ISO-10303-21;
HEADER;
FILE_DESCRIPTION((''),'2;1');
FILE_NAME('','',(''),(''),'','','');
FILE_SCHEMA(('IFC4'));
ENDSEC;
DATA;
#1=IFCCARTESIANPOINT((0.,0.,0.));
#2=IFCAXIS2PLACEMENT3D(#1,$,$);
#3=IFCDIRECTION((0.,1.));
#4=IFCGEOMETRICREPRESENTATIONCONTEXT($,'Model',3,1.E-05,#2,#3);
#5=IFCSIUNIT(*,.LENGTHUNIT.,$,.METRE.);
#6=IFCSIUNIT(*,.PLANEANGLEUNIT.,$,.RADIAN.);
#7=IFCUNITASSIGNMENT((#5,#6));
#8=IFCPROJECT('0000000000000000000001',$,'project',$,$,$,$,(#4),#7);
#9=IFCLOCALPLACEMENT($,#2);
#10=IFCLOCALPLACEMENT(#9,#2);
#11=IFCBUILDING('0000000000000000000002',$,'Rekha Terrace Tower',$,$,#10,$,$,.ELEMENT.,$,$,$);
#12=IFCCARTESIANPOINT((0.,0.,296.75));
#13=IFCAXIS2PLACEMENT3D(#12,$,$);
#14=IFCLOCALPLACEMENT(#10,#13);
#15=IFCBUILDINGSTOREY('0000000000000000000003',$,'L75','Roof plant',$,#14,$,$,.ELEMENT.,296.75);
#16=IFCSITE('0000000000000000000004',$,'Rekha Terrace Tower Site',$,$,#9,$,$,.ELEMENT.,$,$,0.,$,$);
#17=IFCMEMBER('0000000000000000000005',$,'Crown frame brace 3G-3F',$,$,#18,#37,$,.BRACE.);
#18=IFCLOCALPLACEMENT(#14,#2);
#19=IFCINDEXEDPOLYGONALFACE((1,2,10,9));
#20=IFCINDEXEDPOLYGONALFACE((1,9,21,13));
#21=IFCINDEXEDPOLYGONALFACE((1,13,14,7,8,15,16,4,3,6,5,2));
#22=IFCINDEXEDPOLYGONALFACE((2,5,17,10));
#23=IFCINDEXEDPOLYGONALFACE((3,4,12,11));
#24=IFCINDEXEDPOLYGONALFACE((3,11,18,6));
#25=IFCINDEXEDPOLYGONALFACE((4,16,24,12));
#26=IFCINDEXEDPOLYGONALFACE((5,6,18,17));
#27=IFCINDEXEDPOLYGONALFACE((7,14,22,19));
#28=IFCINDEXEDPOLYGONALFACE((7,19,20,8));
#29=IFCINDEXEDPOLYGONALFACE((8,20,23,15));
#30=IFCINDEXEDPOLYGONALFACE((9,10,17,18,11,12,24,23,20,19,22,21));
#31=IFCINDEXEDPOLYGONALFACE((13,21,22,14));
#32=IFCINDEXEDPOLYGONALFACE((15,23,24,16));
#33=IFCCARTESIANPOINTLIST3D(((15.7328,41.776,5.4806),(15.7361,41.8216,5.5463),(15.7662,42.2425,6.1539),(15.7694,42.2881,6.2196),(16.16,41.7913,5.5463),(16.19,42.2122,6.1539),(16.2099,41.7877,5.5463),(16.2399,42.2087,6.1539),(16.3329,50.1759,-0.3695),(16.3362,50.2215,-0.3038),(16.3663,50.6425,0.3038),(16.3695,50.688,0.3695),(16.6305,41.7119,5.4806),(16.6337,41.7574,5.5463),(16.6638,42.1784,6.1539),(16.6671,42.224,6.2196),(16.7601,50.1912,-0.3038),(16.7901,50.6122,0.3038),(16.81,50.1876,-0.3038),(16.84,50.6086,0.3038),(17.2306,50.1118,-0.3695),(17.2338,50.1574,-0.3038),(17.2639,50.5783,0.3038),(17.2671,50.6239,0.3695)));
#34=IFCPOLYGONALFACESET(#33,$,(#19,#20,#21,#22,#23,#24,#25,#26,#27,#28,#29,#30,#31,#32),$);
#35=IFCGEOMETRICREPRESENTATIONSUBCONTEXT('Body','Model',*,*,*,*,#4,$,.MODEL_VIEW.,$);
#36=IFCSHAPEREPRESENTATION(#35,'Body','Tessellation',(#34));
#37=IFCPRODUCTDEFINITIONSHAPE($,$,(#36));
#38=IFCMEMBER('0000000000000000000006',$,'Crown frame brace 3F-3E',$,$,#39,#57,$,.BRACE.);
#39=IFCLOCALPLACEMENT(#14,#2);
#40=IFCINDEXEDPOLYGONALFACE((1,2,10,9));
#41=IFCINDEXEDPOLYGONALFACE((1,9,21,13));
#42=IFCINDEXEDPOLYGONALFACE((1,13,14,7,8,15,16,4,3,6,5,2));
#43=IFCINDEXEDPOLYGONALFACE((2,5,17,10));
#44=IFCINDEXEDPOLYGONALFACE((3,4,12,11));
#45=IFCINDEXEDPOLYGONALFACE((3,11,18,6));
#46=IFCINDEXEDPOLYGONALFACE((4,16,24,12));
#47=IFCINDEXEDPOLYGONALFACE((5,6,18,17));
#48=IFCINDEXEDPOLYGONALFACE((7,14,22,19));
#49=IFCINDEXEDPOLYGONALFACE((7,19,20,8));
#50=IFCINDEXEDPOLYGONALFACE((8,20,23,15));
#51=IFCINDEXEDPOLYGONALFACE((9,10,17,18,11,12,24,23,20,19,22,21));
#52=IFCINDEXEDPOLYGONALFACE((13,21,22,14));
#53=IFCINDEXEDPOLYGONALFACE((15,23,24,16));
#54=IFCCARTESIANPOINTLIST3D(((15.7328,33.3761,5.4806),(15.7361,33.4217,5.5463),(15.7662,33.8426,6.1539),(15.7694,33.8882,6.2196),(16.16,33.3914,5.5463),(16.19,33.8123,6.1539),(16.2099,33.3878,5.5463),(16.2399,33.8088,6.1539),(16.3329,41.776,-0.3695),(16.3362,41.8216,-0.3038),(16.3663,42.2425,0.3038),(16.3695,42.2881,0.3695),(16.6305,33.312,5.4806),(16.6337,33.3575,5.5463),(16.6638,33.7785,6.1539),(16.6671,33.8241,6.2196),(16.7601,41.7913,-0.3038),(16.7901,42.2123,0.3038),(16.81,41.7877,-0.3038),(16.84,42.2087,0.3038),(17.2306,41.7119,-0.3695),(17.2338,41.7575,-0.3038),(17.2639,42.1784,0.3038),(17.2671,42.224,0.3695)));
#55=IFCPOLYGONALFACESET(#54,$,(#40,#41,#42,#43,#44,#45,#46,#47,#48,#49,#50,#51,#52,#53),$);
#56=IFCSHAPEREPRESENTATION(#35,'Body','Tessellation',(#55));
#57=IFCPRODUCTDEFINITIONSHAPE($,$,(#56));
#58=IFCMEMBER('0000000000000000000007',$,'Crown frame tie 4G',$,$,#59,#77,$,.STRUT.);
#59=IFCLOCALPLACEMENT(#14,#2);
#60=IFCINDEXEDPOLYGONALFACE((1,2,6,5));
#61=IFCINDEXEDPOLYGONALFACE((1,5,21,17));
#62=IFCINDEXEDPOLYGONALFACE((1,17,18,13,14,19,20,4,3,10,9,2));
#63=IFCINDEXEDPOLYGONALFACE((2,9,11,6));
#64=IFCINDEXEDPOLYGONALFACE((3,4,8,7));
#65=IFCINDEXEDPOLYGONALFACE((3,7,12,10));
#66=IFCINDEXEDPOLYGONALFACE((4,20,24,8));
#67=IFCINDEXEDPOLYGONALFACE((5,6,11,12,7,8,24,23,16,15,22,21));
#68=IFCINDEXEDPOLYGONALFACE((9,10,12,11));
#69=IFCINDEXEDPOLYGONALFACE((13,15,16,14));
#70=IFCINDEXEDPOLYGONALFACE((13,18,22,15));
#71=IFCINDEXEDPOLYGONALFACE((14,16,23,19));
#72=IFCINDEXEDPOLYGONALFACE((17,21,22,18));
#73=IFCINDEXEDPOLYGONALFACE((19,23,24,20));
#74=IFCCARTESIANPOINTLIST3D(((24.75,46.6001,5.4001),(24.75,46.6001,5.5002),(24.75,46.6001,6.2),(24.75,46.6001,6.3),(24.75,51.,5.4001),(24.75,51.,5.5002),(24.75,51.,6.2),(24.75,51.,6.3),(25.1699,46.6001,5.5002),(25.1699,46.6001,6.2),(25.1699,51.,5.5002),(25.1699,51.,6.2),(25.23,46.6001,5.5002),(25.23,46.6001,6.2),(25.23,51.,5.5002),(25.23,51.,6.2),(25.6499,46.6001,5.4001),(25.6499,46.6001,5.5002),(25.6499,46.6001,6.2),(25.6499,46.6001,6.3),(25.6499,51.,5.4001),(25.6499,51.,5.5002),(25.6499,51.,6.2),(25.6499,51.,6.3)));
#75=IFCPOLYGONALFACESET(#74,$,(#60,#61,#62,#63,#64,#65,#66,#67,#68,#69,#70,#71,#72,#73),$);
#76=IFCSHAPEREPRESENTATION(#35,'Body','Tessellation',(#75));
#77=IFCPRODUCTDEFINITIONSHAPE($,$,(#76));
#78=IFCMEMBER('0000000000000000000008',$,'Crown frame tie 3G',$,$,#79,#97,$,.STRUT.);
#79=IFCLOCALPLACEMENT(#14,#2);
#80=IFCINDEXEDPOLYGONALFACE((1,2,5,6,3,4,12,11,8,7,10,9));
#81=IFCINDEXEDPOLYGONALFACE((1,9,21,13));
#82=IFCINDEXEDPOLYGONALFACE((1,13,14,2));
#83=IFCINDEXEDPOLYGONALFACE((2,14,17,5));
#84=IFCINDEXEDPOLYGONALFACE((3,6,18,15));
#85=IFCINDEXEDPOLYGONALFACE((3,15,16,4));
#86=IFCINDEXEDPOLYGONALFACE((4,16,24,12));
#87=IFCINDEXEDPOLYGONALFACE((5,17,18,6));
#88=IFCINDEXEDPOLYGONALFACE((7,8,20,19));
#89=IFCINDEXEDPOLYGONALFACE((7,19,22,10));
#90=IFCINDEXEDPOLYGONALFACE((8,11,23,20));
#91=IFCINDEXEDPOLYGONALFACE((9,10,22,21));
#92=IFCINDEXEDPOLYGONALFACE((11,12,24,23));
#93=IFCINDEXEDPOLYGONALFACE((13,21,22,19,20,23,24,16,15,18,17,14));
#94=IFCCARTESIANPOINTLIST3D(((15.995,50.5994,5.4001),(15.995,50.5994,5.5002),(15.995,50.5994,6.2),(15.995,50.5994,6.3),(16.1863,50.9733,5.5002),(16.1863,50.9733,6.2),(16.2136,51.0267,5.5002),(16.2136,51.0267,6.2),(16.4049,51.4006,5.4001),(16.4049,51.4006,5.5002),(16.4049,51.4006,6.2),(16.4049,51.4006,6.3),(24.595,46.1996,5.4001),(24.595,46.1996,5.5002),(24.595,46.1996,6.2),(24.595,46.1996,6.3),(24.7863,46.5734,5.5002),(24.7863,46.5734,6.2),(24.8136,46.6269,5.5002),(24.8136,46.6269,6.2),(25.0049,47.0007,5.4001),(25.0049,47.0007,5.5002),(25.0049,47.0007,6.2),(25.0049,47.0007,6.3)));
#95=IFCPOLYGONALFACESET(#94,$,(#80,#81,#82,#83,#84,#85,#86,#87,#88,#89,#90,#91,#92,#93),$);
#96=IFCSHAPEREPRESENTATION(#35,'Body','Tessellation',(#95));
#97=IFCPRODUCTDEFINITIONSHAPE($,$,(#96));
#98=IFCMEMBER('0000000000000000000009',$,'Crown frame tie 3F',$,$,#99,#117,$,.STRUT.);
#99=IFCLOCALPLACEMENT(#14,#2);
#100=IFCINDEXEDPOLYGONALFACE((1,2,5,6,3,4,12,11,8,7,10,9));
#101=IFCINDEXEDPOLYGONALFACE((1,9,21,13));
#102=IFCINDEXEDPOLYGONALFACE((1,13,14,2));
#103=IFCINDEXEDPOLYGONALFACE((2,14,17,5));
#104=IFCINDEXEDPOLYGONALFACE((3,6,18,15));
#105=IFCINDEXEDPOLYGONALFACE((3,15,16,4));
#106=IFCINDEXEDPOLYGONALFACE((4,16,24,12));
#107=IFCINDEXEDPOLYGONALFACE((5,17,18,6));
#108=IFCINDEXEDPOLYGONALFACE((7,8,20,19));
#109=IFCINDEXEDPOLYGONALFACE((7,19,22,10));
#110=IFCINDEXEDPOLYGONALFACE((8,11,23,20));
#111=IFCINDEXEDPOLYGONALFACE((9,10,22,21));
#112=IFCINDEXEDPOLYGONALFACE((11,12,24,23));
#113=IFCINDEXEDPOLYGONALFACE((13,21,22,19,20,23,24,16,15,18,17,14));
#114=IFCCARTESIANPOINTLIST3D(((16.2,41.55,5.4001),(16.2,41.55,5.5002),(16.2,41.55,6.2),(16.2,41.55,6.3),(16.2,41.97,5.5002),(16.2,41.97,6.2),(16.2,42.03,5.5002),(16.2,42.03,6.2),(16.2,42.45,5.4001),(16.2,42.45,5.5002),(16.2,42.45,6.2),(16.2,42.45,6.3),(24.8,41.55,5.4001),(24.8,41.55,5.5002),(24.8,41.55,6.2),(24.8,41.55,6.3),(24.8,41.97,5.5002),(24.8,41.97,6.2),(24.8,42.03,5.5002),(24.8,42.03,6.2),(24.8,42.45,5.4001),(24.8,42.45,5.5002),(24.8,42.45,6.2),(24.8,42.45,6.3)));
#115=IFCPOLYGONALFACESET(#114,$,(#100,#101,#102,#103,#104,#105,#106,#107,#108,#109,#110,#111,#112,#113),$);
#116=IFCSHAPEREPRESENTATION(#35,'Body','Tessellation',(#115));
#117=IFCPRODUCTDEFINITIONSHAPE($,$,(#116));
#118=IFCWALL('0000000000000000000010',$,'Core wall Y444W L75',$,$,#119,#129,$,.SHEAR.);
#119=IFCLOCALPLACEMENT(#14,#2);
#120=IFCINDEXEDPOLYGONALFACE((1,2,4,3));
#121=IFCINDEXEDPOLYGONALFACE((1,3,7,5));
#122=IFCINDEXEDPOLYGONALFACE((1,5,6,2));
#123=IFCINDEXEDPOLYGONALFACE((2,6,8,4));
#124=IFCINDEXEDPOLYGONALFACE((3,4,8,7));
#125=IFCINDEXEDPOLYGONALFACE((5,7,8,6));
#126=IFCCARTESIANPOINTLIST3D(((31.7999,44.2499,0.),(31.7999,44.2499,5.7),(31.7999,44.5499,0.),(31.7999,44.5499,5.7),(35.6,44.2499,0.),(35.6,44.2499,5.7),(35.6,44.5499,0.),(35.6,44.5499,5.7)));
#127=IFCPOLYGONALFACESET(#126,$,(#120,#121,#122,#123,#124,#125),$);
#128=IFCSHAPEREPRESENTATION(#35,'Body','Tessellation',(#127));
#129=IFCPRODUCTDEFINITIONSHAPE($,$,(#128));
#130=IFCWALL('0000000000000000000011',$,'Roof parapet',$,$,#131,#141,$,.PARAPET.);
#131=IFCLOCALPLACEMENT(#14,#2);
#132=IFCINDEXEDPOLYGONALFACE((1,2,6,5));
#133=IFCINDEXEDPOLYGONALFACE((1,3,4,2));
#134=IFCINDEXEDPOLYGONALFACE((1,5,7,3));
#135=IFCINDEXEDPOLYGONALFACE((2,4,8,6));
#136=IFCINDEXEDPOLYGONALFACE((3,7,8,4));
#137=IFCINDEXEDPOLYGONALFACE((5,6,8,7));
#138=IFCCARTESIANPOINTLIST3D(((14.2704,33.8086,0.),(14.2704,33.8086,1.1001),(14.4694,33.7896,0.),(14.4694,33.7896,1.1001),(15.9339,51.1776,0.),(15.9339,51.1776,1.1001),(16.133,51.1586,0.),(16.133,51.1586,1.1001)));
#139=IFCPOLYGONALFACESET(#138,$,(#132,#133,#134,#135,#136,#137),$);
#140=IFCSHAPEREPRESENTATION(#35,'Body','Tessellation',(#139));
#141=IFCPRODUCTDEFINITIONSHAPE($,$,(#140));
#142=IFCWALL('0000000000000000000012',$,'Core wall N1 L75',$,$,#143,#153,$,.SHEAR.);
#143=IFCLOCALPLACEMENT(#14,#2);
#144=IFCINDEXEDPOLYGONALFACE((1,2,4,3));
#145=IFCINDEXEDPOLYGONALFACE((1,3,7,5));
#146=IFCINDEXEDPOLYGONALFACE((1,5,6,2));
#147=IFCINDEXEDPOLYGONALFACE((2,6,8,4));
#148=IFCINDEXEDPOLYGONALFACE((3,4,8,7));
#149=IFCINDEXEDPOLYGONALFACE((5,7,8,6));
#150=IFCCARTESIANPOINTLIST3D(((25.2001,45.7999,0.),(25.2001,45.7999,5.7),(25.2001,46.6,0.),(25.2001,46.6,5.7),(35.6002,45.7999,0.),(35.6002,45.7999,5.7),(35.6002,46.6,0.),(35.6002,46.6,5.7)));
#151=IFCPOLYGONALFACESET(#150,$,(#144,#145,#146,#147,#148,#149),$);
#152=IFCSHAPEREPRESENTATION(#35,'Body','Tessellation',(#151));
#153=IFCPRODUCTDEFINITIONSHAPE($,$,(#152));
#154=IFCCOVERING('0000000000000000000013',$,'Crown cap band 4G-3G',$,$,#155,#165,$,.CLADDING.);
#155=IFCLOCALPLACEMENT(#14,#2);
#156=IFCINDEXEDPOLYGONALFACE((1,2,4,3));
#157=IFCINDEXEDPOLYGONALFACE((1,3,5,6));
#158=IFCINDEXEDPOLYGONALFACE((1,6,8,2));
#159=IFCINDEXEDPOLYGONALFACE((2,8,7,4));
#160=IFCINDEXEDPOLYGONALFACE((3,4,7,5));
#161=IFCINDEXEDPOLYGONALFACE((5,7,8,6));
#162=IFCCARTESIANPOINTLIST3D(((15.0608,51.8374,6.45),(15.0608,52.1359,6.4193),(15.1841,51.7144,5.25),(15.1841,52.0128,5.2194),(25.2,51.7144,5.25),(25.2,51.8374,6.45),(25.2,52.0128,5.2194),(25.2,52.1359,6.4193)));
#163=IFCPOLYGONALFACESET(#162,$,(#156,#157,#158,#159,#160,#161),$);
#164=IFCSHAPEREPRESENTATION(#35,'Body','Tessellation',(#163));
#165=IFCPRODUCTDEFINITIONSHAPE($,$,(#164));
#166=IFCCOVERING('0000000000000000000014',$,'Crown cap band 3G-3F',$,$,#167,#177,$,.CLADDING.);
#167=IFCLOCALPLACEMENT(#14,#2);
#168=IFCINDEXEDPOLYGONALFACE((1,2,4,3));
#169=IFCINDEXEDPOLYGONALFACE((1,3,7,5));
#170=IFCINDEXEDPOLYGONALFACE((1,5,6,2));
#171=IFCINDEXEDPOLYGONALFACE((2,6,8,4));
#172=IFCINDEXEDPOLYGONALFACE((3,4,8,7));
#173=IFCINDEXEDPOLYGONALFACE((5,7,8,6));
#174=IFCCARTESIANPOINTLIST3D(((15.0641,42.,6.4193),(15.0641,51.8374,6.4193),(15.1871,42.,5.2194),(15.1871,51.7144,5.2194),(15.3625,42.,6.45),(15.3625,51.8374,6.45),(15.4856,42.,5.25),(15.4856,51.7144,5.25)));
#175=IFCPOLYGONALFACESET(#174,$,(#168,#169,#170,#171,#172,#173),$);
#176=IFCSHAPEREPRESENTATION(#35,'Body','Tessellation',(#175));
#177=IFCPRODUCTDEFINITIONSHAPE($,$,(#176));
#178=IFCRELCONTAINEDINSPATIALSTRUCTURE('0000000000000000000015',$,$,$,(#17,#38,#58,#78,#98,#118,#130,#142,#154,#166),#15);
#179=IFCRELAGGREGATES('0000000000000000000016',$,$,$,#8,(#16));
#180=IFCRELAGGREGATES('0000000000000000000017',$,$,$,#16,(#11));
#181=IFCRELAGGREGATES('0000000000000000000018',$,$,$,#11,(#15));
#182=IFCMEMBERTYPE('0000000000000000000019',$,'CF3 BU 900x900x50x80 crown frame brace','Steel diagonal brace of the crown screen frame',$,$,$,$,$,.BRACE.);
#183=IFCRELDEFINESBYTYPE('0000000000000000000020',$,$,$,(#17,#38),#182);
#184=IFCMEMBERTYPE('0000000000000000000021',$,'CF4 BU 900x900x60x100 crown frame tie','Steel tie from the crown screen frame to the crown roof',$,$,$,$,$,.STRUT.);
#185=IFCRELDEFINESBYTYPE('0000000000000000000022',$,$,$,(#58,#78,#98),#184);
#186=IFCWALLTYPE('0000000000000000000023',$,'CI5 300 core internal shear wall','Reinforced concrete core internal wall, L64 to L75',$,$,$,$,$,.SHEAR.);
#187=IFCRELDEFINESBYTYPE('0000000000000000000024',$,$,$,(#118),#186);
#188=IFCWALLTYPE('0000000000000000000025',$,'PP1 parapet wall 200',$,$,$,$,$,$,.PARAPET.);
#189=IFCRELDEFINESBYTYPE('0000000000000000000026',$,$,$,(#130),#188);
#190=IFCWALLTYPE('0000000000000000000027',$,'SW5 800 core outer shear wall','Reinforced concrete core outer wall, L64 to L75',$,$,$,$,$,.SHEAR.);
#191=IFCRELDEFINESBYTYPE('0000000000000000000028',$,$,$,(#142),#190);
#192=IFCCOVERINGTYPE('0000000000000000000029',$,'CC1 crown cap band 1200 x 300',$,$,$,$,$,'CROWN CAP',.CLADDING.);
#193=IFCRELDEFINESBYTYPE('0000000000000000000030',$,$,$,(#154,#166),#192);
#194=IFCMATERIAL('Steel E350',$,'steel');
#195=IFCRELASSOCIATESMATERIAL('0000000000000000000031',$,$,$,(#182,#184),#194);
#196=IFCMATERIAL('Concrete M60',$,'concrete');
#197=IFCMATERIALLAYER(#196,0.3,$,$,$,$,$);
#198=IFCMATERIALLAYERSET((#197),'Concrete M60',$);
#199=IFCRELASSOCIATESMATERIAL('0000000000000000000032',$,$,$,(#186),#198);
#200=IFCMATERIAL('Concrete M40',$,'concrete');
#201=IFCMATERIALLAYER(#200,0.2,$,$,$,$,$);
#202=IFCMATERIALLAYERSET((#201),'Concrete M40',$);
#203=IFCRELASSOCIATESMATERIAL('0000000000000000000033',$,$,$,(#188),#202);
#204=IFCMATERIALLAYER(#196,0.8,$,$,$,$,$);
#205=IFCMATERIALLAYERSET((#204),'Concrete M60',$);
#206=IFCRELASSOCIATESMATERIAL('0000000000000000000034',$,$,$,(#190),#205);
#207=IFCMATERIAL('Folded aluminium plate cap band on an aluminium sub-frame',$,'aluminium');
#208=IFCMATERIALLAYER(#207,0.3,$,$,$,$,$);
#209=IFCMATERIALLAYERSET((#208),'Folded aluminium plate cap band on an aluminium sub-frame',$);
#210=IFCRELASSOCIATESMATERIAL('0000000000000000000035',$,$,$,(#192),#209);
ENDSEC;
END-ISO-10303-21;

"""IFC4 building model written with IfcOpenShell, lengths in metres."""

from ifc_helpers import new_model, si_unit, direction, frame, frame_2d, origin, origin_2d, place, context, subcontext, project, spatial, polyline, rectangle, i_section, outline, extrude, material, layer, layer_set, material_profile, profile_set, type_object, element, save


model = new_model("IFC4")

# Units and contexts
model_context = context("Model", 3, precision=1e-05, world=origin(), true_north=direction((0.0, 1.0)))
body_context = subcontext(model_context, "Body", "Model", "MODEL_VIEW")
ifc_project = project(units=[si_unit("LENGTHUNIT", "METRE"), si_unit("PLANEANGLEUNIT", "RADIAN")], contexts=[model_context])

# Site, building, storey
site_placement = place(None, origin())
site = spatial("IfcSite", under=ifc_project, at=site_placement, Name="Rekha Terrace Tower Site", CompositionType="ELEMENT", RefElevation=0.0)
building_placement = place(site_placement, origin())
building = spatial("IfcBuilding", under=site, at=building_placement, Name="Rekha Terrace Tower", CompositionType="ELEMENT")
storey_placement = place(building_placement, frame((0.0, 0.0, 296.75)))
storey = spatial("IfcBuildingStorey", under=building, at=storey_placement, Name="L75", Description="Roof plant", CompositionType="ELEMENT", Elevation=296.75)

# Members
ifc_material_1 = material(Name="Steel E350", Category="steel")
ifc_material_profile_1 = material_profile(ifc_material_1, i_section(OverallWidth=0.8999, OverallDepth=0.8999, WebThickness=0.05, FlangeThickness=0.0801, at=origin_2d()), Name="BU 900x900x50x80")
ifc_profile_set_1 = profile_set([ifc_material_profile_1], Name="Steel E350")
member_type_1 = type_object("IfcMemberType", Name="CF3 BU 900x900x50x80 crown frame brace", Description="Steel diagonal brace of the crown screen frame", PredefinedType="BRACE", material=ifc_profile_set_1)
for number, where, z_axis, x_axis, name in (
    (1, (16.8, 50.3999, 0.0), (-0.058524, -0.819192, 0.570525), (0.997458, -0.071259, 0.0), "Crown frame brace 3G-3F"),
    (2, (16.8, 42.0, 0.0), (-0.058524, -0.819192, 0.570525), (0.997458, -0.071259, 0.0), "Crown frame brace 3F-3E"),
):
    element("IfcMember", number, at=place(storey_placement, frame(where, z_axis=z_axis, x_axis=x_axis)), inside=storey, type_object=member_type_1, Name=name, PredefinedType="BRACE", context=body_context, shape_type="SweptSolid", body=[
        extrude(i_section(OverallWidth=0.8999, OverallDepth=0.8999, WebThickness=0.05, FlangeThickness=0.0801, at=origin_2d()), origin(), (0.0, 0.0, 1.0), 10.2539),
    ])
ifc_material_profile_2 = material_profile(ifc_material_1, i_section(OverallWidth=0.8999, OverallDepth=0.8999, WebThickness=0.0601, FlangeThickness=0.1001, at=origin_2d()), Name="BU 900x900x60x100")
ifc_profile_set_2 = profile_set([ifc_material_profile_2], Name="Steel E350")
member_type_2 = type_object("IfcMemberType", Name="CF4 BU 900x900x60x100 crown frame tie", Description="Steel tie from the crown screen frame to the crown roof", PredefinedType="STRUT", material=ifc_profile_set_2)
member_1_placement = place(storey_placement, frame((25.2, 51.0, 5.8501), z_axis=(0.0, -1.0, 0.0), x_axis=(1.0, 0.0, 0.0)))
element("IfcMember", 3, at=member_1_placement, inside=storey, type_object=member_type_2, Name="Crown frame tie 4G", PredefinedType="STRUT", context=body_context, shape_type="SweptSolid", body=[
    extrude(i_section(OverallWidth=0.8999, OverallDepth=0.8999, WebThickness=0.0601, FlangeThickness=0.1001, at=origin_2d()), origin(), (0.0, 0.0, 1.0), 4.3999),
])
member_2_placement = place(storey_placement, frame((16.2, 51.0, 5.8501), z_axis=(0.890254, -0.455464, 0.0), x_axis=(0.455464, 0.890254, 0.0)))
element("IfcMember", 4, at=member_2_placement, inside=storey, type_object=member_type_2, Name="Crown frame tie 3G", PredefinedType="STRUT", context=body_context, shape_type="SweptSolid", body=[
    extrude(i_section(OverallWidth=0.8999, OverallDepth=0.8999, WebThickness=0.0601, FlangeThickness=0.1001, at=origin_2d()), origin(), (0.0, 0.0, 1.0), 9.6602),
])
member_3_placement = place(storey_placement, frame((16.2, 42.0, 5.8501), z_axis=(1.0, 0.0, 0.0), x_axis=(0.0, 1.0, 0.0)))
element("IfcMember", 5, at=member_3_placement, inside=storey, type_object=member_type_2, Name="Crown frame tie 3F", PredefinedType="STRUT", context=body_context, shape_type="SweptSolid", body=[
    extrude(i_section(OverallWidth=0.8999, OverallDepth=0.8999, WebThickness=0.0601, FlangeThickness=0.1001, at=origin_2d()), origin(), (0.0, 0.0, 1.0), 8.6001),
])

# Walls
ifc_material_2 = material(Name="Concrete M60", Category="concrete")
ifc_layer_1 = layer(ifc_material_2, 0.3)
ifc_layer_set_1 = layer_set([ifc_layer_1], Name="Concrete M60")
wall_type_1 = type_object("IfcWallType", Name="CI5 300 core internal shear wall", Description="Reinforced concrete core internal wall, L64 to L75", PredefinedType="SHEAR", material=ifc_layer_set_1)
wall_1_placement = place(storey_placement, frame((31.8, 44.3999, 0.0), z_axis=(0.0, 0.0, 1.0), x_axis=(1.0, 0.0, 0.0)))
element("IfcWall", 6, at=wall_1_placement, inside=storey, type_object=wall_type_1, Name="Core wall Y444W L75", PredefinedType="SHEAR", context=body_context, shape_type="SweptSolid", body=[
    extrude(rectangle(XDim=3.8, YDim=0.3, at=frame_2d((1.8999, 0.0))), origin(), (0.0, 0.0, 1.0), 5.7),
])
ifc_material_3 = material(Name="Concrete M40", Category="concrete")
ifc_layer_2 = layer(ifc_material_3, 0.2)
ifc_layer_set_2 = layer_set([ifc_layer_2], Name="Concrete M40")
wall_type_2 = type_object("IfcWallType", Name="PP1 parapet wall 200", PredefinedType="PARAPET", material=ifc_layer_set_2)
wall_2_placement = place(storey_placement, frame((16.0334, 51.168, 0.0), z_axis=(0.0, 0.0, 1.0), x_axis=(-0.095343, -0.995445, 0.0)))
element("IfcWall", 7, at=wall_2_placement, inside=storey, type_object=wall_type_2, Name="Roof parapet", PredefinedType="PARAPET", context=body_context, shape_type="SweptSolid", body=[
    extrude(rectangle(XDim=17.4485, YDim=0.2, at=frame_2d((8.7241, 0.0))), origin(), (0.0, 0.0, 1.0), 1.1001),
])
ifc_layer_3 = layer(ifc_material_2, 0.8)
ifc_layer_set_3 = layer_set([ifc_layer_3], Name="Concrete M60")
wall_type_3 = type_object("IfcWallType", Name="SW5 800 core outer shear wall", Description="Reinforced concrete core outer wall, L64 to L75", PredefinedType="SHEAR", material=ifc_layer_set_3)
wall_3_placement = place(storey_placement, frame((25.2, 46.2, 0.0), z_axis=(0.0, 0.0, 1.0), x_axis=(1.0, 0.0, 0.0)))
element("IfcWall", 8, at=wall_3_placement, inside=storey, type_object=wall_type_3, Name="Core wall N1 L75", PredefinedType="SHEAR", context=body_context, shape_type="SweptSolid", body=[
    extrude(rectangle(XDim=10.4001, YDim=0.8, at=frame_2d((5.2002, 0.0))), origin(), (0.0, 0.0, 1.0), 5.7),
])

# Coverings
ifc_material_4 = material(Name="Folded aluminium plate cap band on an aluminium sub-frame", Category="aluminium")
ifc_layer_4 = layer(ifc_material_4, 0.3)
ifc_layer_set_4 = layer_set([ifc_layer_4], Name="Folded aluminium plate cap band on an aluminium sub-frame")
covering_type_1 = type_object("IfcCoveringType", Name="CC1 crown cap band 1200 x 300", ElementType="CROWN CAP", PredefinedType="CLADDING", material=ifc_layer_set_4)
covering_1_placement = place(storey_placement, frame((25.2, 51.7144, 5.25), z_axis=(0.0, -0.994784, 0.102008), x_axis=(-1.0, 0.0, 0.0)))
element("IfcCovering", 9, at=covering_1_placement, inside=storey, type_object=covering_type_1, Name="Crown cap band 4G-3G", PredefinedType="CLADDING", context=body_context, shape_type="SweptSolid", body=[
    extrude(outline(polyline([(0.0, 0.0), (10.0159, 0.0), (10.1392, -1.2062), (0.0, -1.2062), (0.0, 0.0)])), origin(), (0.0, 0.0, -1.0), 0.3),
])
covering_2_placement = place(storey_placement, frame((15.4856, 51.7144, 5.25), z_axis=(0.994784, 0.0, 0.102008), x_axis=(0.0, -1.0, 0.0)))
element("IfcCovering", 10, at=covering_2_placement, inside=storey, type_object=covering_type_1, Name="Crown cap band 3G-3F", PredefinedType="CLADDING", context=body_context, shape_type="SweptSolid", body=[
    extrude(outline(polyline([(0.0, 0.0), (9.7144, 0.0), (9.7144, -1.2062), (-0.123, -1.2062), (0.0, 0.0)])), origin(), (0.0, 0.0, -1.0), 0.3),
])

save(model, "model.ifc")
